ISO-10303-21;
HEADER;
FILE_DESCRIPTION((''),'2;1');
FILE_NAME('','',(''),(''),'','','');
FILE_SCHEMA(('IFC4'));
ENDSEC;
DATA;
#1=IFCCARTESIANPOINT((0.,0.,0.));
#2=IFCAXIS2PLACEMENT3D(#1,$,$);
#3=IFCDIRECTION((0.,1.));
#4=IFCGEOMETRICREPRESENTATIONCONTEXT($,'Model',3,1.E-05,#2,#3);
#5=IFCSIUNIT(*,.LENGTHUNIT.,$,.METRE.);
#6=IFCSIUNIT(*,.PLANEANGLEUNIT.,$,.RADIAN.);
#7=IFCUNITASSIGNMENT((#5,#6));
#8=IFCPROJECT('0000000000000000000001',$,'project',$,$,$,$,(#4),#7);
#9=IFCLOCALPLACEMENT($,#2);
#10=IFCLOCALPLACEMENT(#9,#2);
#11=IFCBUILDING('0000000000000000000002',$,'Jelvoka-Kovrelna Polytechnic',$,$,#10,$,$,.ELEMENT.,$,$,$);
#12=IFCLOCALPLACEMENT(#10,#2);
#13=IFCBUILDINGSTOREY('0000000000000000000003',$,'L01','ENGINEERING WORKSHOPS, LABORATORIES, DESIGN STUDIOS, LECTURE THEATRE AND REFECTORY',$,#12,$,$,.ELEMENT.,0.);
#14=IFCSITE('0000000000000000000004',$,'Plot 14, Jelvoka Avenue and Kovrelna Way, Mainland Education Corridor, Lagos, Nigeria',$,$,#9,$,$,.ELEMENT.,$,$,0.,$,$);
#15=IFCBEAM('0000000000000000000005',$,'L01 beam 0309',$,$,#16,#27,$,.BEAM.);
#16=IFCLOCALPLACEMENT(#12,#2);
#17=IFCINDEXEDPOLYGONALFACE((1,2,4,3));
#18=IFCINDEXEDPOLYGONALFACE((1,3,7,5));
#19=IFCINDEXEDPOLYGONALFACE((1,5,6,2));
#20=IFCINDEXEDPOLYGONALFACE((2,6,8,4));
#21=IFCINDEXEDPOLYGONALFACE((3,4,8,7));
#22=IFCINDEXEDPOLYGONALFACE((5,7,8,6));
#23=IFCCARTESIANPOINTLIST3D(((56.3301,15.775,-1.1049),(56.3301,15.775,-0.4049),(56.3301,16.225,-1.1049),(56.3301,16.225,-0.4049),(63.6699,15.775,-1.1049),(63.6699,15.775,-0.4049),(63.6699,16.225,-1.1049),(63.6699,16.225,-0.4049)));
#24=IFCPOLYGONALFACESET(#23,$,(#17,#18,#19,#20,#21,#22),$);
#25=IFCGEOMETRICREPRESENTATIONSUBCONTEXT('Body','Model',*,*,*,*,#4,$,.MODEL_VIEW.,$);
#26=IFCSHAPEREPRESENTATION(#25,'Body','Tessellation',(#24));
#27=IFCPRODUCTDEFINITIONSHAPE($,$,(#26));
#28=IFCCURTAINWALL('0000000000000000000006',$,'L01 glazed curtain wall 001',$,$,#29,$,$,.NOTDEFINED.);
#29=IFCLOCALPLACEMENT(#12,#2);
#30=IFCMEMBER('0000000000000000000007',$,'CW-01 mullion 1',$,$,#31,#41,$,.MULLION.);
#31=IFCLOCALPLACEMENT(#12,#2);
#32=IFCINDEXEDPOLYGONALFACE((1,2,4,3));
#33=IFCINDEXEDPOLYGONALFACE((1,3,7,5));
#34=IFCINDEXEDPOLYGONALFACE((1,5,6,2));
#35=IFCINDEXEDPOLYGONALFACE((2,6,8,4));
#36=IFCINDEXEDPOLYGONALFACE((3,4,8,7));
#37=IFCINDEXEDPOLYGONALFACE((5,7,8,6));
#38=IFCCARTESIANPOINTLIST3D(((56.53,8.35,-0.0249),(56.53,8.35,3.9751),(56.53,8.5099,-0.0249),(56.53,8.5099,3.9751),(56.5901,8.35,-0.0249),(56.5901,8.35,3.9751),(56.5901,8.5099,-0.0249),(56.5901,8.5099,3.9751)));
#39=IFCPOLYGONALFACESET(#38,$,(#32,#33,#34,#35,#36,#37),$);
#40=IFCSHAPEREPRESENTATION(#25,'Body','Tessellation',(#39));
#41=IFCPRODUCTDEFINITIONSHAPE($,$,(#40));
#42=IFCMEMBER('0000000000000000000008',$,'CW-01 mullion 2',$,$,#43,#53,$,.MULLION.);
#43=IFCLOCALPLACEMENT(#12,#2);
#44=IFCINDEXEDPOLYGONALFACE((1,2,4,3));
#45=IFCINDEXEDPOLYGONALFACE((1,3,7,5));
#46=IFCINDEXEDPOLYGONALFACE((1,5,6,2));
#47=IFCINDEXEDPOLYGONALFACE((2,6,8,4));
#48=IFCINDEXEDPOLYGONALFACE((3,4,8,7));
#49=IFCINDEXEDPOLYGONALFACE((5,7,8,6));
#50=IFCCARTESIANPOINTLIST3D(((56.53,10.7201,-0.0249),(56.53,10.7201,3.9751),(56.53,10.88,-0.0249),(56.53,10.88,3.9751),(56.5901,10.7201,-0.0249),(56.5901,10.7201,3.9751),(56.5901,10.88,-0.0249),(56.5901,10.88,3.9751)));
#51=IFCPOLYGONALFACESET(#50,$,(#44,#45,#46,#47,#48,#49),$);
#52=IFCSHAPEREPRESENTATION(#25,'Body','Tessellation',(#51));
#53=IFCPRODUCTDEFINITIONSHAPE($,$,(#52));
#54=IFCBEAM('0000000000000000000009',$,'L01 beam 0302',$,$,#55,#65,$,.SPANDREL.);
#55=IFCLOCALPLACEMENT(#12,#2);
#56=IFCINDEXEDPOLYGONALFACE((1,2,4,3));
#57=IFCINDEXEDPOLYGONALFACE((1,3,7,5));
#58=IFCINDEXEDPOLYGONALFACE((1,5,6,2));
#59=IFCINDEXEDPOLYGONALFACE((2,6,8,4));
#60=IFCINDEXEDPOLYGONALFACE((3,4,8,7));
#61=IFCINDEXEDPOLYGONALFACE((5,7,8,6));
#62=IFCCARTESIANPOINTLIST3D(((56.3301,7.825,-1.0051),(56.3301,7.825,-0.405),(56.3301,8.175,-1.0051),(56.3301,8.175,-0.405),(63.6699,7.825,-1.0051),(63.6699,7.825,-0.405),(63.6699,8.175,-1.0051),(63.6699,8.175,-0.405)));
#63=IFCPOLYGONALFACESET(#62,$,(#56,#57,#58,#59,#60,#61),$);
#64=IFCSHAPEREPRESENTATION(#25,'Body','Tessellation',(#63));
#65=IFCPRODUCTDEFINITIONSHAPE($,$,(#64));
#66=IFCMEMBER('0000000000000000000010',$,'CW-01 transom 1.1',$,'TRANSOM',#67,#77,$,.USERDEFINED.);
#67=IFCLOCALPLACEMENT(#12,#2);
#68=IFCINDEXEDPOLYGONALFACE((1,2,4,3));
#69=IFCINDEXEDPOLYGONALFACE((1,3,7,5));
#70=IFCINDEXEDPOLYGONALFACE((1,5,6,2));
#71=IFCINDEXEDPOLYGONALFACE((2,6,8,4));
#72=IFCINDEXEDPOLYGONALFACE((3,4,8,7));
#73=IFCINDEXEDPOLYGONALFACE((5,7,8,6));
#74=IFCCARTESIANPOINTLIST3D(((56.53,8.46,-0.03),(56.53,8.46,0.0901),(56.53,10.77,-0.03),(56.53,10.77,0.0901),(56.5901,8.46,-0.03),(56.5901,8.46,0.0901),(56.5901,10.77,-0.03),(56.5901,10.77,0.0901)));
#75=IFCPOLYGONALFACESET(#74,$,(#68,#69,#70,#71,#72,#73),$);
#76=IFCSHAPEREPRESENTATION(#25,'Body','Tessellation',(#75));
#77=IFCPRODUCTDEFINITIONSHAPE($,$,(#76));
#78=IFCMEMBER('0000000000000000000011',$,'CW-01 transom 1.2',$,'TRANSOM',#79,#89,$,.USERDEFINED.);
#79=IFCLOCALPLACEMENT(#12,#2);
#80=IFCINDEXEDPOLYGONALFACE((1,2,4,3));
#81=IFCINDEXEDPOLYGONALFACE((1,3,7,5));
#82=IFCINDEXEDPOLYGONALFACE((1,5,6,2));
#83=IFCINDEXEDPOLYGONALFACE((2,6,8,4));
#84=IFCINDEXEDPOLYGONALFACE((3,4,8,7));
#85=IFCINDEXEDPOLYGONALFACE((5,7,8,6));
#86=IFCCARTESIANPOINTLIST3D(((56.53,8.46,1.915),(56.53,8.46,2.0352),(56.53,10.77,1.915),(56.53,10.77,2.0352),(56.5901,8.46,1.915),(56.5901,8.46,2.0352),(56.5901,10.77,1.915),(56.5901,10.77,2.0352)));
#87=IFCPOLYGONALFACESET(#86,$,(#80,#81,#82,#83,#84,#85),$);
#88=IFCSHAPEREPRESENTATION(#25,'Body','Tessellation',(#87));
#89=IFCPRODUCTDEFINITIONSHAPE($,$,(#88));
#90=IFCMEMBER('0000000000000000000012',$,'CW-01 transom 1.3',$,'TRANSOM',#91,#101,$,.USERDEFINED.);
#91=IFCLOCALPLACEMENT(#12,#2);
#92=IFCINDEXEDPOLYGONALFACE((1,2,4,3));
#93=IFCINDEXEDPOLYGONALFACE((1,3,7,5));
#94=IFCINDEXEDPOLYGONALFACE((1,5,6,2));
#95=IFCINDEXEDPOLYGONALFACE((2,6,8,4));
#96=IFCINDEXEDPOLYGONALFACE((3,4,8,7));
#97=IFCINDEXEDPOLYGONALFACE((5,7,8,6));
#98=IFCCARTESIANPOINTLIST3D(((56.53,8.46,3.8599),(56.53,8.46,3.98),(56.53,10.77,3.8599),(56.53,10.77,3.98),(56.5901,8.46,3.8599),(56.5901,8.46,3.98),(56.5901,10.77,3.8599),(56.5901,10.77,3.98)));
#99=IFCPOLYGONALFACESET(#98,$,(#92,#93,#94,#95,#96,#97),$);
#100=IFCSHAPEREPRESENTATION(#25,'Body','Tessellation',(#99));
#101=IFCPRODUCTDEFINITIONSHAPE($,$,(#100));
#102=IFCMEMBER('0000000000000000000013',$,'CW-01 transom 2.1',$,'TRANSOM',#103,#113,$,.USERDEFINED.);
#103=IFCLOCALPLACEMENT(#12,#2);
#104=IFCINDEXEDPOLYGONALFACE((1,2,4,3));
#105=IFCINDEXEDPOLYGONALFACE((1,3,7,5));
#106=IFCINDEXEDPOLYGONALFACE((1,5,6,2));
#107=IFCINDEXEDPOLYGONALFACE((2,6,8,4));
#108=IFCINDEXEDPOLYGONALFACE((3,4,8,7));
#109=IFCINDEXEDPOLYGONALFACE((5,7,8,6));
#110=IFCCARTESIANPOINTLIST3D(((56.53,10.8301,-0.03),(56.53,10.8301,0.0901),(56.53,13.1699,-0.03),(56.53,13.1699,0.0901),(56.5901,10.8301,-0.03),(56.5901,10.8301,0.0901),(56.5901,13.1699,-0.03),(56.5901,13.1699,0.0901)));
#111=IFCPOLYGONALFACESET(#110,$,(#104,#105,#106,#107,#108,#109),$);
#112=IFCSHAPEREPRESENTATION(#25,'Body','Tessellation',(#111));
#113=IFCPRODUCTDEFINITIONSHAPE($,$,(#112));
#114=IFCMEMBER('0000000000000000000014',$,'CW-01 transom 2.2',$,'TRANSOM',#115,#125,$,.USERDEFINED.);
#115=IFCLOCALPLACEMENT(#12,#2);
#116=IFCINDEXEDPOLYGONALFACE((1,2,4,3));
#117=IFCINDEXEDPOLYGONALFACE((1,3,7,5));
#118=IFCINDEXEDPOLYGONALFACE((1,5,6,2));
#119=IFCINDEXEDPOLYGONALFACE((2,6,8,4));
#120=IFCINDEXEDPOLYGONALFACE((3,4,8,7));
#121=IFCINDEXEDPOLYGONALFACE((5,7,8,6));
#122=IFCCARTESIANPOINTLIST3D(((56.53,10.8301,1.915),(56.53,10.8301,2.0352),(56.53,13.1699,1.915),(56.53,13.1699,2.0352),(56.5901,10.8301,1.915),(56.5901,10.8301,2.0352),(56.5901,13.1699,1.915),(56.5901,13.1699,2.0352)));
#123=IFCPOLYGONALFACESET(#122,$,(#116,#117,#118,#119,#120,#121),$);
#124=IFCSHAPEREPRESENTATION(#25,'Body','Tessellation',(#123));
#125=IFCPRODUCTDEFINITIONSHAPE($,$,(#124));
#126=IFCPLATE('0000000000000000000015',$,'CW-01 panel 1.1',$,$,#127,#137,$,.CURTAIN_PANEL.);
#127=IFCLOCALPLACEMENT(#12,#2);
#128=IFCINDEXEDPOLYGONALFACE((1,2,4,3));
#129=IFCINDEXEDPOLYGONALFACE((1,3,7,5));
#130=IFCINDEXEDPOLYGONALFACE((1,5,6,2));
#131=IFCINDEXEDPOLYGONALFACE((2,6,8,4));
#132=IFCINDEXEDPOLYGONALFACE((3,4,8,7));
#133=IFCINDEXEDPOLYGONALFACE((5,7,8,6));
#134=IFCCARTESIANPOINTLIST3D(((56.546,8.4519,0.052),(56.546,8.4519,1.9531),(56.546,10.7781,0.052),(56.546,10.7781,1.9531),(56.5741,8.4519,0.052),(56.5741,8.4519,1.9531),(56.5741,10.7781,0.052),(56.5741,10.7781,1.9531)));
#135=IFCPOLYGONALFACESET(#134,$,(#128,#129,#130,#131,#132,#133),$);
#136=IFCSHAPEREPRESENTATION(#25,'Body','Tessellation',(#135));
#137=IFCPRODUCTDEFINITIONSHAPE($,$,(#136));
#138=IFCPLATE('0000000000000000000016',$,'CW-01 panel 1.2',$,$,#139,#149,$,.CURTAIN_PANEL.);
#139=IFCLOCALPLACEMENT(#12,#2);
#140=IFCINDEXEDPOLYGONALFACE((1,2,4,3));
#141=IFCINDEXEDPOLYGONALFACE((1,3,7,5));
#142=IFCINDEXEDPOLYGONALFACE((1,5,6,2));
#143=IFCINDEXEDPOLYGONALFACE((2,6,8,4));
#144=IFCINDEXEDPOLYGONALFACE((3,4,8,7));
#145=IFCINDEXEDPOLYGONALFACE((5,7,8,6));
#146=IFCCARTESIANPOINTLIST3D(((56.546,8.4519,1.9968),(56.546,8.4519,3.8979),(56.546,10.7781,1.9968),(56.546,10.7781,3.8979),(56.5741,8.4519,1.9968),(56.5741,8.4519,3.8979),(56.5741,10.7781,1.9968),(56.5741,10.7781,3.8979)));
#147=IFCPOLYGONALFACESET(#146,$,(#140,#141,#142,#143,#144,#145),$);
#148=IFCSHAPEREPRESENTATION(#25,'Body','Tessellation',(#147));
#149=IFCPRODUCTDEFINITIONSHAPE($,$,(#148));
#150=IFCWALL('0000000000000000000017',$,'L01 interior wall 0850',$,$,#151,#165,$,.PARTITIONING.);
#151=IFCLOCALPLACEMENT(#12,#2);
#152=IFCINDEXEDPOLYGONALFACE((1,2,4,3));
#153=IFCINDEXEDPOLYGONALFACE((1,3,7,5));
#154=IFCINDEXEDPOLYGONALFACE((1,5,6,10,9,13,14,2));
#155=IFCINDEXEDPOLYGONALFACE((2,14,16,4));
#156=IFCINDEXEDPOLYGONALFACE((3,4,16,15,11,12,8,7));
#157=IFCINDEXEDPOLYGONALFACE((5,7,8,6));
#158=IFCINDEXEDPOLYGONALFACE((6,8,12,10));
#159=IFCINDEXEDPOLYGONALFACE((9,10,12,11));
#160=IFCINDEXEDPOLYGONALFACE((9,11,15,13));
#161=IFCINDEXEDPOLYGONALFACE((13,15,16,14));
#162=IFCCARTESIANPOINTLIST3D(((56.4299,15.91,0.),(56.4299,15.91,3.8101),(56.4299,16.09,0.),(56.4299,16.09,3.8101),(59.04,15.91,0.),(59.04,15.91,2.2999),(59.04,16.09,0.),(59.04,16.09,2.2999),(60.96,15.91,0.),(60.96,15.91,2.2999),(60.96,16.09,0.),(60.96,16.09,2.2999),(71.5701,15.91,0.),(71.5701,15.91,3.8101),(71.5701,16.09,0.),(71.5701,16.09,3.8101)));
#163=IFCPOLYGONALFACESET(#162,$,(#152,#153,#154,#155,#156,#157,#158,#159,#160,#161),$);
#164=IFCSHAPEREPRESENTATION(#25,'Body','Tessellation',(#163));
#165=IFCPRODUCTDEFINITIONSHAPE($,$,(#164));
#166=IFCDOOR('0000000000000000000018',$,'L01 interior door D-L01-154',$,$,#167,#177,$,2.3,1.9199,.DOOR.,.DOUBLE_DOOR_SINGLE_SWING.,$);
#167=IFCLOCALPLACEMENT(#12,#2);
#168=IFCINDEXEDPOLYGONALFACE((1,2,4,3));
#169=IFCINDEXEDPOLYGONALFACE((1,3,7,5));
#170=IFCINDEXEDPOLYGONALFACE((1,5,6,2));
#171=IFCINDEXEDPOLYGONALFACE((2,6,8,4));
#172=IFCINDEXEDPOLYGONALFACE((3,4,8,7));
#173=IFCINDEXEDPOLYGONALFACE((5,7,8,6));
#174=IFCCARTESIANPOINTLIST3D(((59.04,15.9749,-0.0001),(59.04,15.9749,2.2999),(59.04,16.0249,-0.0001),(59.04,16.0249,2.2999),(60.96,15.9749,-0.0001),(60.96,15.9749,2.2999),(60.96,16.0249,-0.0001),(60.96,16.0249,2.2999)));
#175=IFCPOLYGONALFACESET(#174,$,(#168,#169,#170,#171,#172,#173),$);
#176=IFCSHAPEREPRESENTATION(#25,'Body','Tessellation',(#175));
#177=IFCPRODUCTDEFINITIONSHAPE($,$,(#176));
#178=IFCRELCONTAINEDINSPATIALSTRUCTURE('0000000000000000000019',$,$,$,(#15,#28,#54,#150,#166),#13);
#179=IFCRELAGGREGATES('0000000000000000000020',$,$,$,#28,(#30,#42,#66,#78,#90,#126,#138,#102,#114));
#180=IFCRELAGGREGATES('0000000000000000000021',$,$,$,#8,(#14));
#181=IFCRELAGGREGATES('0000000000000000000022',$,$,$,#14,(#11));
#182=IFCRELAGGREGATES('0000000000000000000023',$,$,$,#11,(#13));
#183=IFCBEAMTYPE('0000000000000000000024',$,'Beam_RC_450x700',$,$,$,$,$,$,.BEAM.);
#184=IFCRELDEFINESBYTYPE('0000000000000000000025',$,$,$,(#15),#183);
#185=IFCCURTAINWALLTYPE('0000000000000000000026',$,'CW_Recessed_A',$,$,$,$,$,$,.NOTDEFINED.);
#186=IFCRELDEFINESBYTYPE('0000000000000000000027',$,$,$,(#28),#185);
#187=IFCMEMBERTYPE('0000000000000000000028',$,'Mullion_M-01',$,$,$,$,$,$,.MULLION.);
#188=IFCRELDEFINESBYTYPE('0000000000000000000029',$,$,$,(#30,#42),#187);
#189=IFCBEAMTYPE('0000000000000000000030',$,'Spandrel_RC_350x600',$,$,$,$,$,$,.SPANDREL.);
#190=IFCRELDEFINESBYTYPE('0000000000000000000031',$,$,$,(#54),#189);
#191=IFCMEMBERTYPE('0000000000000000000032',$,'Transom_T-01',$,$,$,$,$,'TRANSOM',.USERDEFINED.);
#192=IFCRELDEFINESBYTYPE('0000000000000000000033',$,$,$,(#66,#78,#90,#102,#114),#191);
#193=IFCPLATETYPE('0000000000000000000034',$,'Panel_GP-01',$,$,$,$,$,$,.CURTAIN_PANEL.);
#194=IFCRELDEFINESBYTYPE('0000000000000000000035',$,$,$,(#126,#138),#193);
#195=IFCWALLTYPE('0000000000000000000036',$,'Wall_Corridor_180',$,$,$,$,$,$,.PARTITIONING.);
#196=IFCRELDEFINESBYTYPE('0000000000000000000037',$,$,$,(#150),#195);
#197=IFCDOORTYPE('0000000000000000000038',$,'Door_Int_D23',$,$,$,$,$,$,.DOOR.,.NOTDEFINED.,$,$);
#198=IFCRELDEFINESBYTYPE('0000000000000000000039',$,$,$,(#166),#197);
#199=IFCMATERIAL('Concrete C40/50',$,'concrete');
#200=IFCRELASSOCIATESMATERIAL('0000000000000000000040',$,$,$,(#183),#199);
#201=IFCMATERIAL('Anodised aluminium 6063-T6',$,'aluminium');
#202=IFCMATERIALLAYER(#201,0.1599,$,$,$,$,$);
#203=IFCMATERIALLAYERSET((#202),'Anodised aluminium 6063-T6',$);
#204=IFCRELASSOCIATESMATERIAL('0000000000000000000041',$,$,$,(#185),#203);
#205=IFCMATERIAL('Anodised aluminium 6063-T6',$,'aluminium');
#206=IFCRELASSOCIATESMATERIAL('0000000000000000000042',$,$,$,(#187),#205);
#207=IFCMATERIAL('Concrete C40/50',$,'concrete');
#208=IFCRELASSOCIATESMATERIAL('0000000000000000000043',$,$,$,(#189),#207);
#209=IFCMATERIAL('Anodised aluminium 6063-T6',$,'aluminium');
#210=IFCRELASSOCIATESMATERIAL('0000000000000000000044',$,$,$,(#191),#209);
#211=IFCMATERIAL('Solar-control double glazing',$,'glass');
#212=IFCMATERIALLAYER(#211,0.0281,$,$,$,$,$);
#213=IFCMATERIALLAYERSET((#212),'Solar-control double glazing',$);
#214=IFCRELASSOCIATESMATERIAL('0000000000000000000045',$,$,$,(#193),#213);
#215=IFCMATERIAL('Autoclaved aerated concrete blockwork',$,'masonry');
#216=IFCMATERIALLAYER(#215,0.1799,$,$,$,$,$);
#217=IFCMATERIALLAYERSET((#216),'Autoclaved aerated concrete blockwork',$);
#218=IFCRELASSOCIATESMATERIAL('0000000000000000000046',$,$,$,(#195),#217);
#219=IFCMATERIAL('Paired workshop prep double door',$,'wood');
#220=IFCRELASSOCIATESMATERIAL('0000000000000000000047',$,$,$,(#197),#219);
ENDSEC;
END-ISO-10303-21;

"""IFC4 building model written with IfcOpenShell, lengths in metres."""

from ifc_helpers import new_model, si_unit, direction, frame, frame_2d, origin, origin_2d, place, context, subcontext, project, spatial, rectangle, extrude, material, layer, layer_set, material_profile, profile_set, type_object, element, fill, aggregate, save


model = new_model("IFC4")

# Units and contexts
model_context = context("Model", 3, precision=1e-05, world=origin(), true_north=direction((0.0, 1.0)))
body_context = subcontext(model_context, "Body", "Model", "MODEL_VIEW")
ifc_project = project(units=[si_unit("LENGTHUNIT", "METRE"), si_unit("PLANEANGLEUNIT", "RADIAN")], contexts=[model_context])

# Site, building, storey
site_placement = place(None, origin())
site = spatial("IfcSite", under=ifc_project, at=site_placement, Name="Plot 14, Jelvoka Avenue and Kovrelna Way, Mainland Education Corridor, Lagos, Nigeria", CompositionType="ELEMENT", RefElevation=0.0)
building_placement = place(site_placement, origin())
building = spatial("IfcBuilding", under=site, at=building_placement, Name="Jelvoka-Kovrelna Polytechnic", CompositionType="ELEMENT")
storey_placement = place(building_placement, origin())
storey = spatial("IfcBuildingStorey", under=building, at=storey_placement, Name="L01", Description="ENGINEERING WORKSHOPS, LABORATORIES, DESIGN STUDIOS, LECTURE THEATRE AND REFECTORY", CompositionType="ELEMENT", Elevation=0.0)

# Beam
ifc_material_1 = material(Name="Concrete C40/50", Category="concrete")
ifc_material_profile_1 = material_profile(ifc_material_1, rectangle(XDim=0.45, YDim=0.7, at=origin_2d()), Name="RC 450x700")
ifc_profile_set_1 = profile_set([ifc_material_profile_1], Name="Concrete C40/50")
beam_type_1 = type_object("IfcBeamType", Name="Beam_RC_450x700", PredefinedType="BEAM", material=ifc_profile_set_1)
beam_1_placement = place(storey_placement, frame((56.3301, 16.0, -0.7549), z_axis=(1.0, 0.0, 0.0), x_axis=(0.0, 1.0, 0.0)))
element("IfcBeam", 1, at=beam_1_placement, inside=storey, type_object=beam_type_1, Name="L01 beam 0309", PredefinedType="BEAM", context=body_context, shape_type="SweptSolid", body=[
    extrude(rectangle(XDim=0.45, YDim=0.7, at=origin_2d()), origin(), (0.0, 0.0, 1.0), 7.3398),
])

# Curtain wall, members
ifc_material_2 = material(Name="Anodised aluminium 6063-T6", Category="aluminium")
ifc_layer_1 = layer(ifc_material_2, 0.1599)
ifc_layer_set_1 = layer_set([ifc_layer_1], Name="Anodised aluminium 6063-T6")
curtain_wall_type = type_object("IfcCurtainWallType", Name="CW_Recessed_A", PredefinedType="NOTDEFINED", material=ifc_layer_set_1)
curtain_wall_placement = place(storey_placement, origin())
curtain_wall = element("IfcCurtainWall", 2, at=curtain_wall_placement, inside=storey, type_object=curtain_wall_type, Name="L01 glazed curtain wall 001", PredefinedType="NOTDEFINED")
ifc_material_3 = material(Name="Anodised aluminium 6063-T6", Category="aluminium")
ifc_material_profile_2 = material_profile(ifc_material_3, rectangle(XDim=0.0601, YDim=0.1599, at=origin_2d()), Name="ALU 60x160")
ifc_profile_set_2 = profile_set([ifc_material_profile_2], Name="Anodised aluminium 6063-T6")
member_type_1 = type_object("IfcMemberType", Name="Mullion_M-01", PredefinedType="MULLION", material=ifc_profile_set_2)
member_1_placement = place(storey_placement, frame((56.5601, 8.4299, -0.0249), z_axis=(0.0, 0.0, 1.0), x_axis=(-1.0, 0.0, 0.0)))
member_1 = element("IfcMember", 3, at=member_1_placement, type_object=member_type_1, Name="CW-01 mullion 1", PredefinedType="MULLION", context=body_context, shape_type="SweptSolid", body=[
    extrude(rectangle(XDim=0.0601, YDim=0.1599, at=origin_2d()), origin(), (0.0, 0.0, 1.0), 4.0),
])
member_2_placement = place(storey_placement, frame((56.5601, 10.8, -0.0249), z_axis=(0.0, 0.0, 1.0), x_axis=(-1.0, 0.0, 0.0)))
member_2 = element("IfcMember", 4, at=member_2_placement, type_object=member_type_1, Name="CW-01 mullion 2", PredefinedType="MULLION", context=body_context, shape_type="SweptSolid", body=[
    extrude(rectangle(XDim=0.0601, YDim=0.1599, at=origin_2d()), origin(), (0.0, 0.0, 1.0), 4.0),
])

# Beam
ifc_material_4 = material(Name="Concrete C40/50", Category="concrete")
ifc_material_profile_3 = material_profile(ifc_material_4, rectangle(XDim=0.3501, YDim=0.6001, at=origin_2d()), Name="RC 350x600")
ifc_profile_set_3 = profile_set([ifc_material_profile_3], Name="Concrete C40/50")
beam_type_2 = type_object("IfcBeamType", Name="Spandrel_RC_350x600", PredefinedType="SPANDREL", material=ifc_profile_set_3)
beam_2_placement = place(storey_placement, frame((56.3301, 8.0, -0.7051), z_axis=(1.0, 0.0, 0.0), x_axis=(0.0, 1.0, 0.0)))
element("IfcBeam", 5, at=beam_2_placement, inside=storey, type_object=beam_type_2, Name="L01 beam 0302", PredefinedType="SPANDREL", context=body_context, shape_type="SweptSolid", body=[
    extrude(rectangle(XDim=0.3501, YDim=0.6001, at=origin_2d()), origin(), (0.0, 0.0, 1.0), 7.3398),
])

# Members
ifc_material_5 = material(Name="Anodised aluminium 6063-T6", Category="aluminium")
ifc_material_profile_4 = material_profile(ifc_material_5, rectangle(XDim=0.0601, YDim=0.1201, at=origin_2d()), Name="ALU 60x120")
ifc_profile_set_4 = profile_set([ifc_material_profile_4], Name="Anodised aluminium 6063-T6")
member_type_2 = type_object("IfcMemberType", Name="Transom_T-01", ElementType="TRANSOM", PredefinedType="USERDEFINED", material=ifc_profile_set_4)
member_3_placement = place(storey_placement, frame((56.5601, 8.46, 0.03), z_axis=(0.0, 1.0, 0.0), x_axis=(-1.0, 0.0, 0.0)))
member_3 = element("IfcMember", 6, at=member_3_placement, type_object=member_type_2, Name="CW-01 transom 1.1", ObjectType="TRANSOM", PredefinedType="USERDEFINED", context=body_context, shape_type="SweptSolid", body=[
    extrude(rectangle(XDim=0.0601, YDim=0.1201, at=origin_2d()), origin(), (0.0, 0.0, 1.0), 2.3101),
])
member_4_placement = place(storey_placement, frame((56.5601, 8.46, 1.9751), z_axis=(0.0, 1.0, 0.0), x_axis=(-1.0, 0.0, 0.0)))
member_4 = element("IfcMember", 7, at=member_4_placement, type_object=member_type_2, Name="CW-01 transom 1.2", ObjectType="TRANSOM", PredefinedType="USERDEFINED", context=body_context, shape_type="SweptSolid", body=[
    extrude(rectangle(XDim=0.0601, YDim=0.1201, at=origin_2d()), origin(), (0.0, 0.0, 1.0), 2.3101),
])
member_5_placement = place(storey_placement, frame((56.5601, 8.46, 3.9199), z_axis=(0.0, 1.0, 0.0), x_axis=(-1.0, 0.0, 0.0)))
member_5 = element("IfcMember", 8, at=member_5_placement, type_object=member_type_2, Name="CW-01 transom 1.3", ObjectType="TRANSOM", PredefinedType="USERDEFINED", context=body_context, shape_type="SweptSolid", body=[
    extrude(rectangle(XDim=0.0601, YDim=0.1201, at=origin_2d()), origin(), (0.0, 0.0, 1.0), 2.3101),
])
member_6_placement = place(storey_placement, frame((56.5601, 10.8301, 0.03), z_axis=(0.0, 1.0, 0.0), x_axis=(-1.0, 0.0, 0.0)))
member_6 = element("IfcMember", 9, at=member_6_placement, type_object=member_type_2, Name="CW-01 transom 2.1", ObjectType="TRANSOM", PredefinedType="USERDEFINED", context=body_context, shape_type="SweptSolid", body=[
    extrude(rectangle(XDim=0.0601, YDim=0.1201, at=origin_2d()), origin(), (0.0, 0.0, 1.0), 2.3398),
])
member_7_placement = place(storey_placement, frame((56.5601, 10.8301, 1.9751), z_axis=(0.0, 1.0, 0.0), x_axis=(-1.0, 0.0, 0.0)))
member_7 = element("IfcMember", 10, at=member_7_placement, type_object=member_type_2, Name="CW-01 transom 2.2", ObjectType="TRANSOM", PredefinedType="USERDEFINED", context=body_context, shape_type="SweptSolid", body=[
    extrude(rectangle(XDim=0.0601, YDim=0.1201, at=origin_2d()), origin(), (0.0, 0.0, 1.0), 2.3398),
])

# Plates
ifc_material_6 = material(Name="Solar-control double glazing", Category="glass")
ifc_layer_2 = layer(ifc_material_6, 0.0281)
ifc_layer_set_2 = layer_set([ifc_layer_2], Name="Solar-control double glazing")
plate_type = type_object("IfcPlateType", Name="Panel_GP-01", PredefinedType="CURTAIN_PANEL", material=ifc_layer_set_2)
plate_1_placement = place(storey_placement, frame((56.5601, 9.615, 0.052), z_axis=(0.0, 0.0, 1.0), x_axis=(0.0, 1.0, 0.0)))
plate_1 = element("IfcPlate", 11, at=plate_1_placement, type_object=plate_type, Name="CW-01 panel 1.1", PredefinedType="CURTAIN_PANEL", context=body_context, shape_type="SweptSolid", body=[
    extrude(rectangle(XDim=2.3262, YDim=0.0281, at=origin_2d()), origin(), (0.0, 0.0, 1.0), 1.9011),
])
plate_2_placement = place(storey_placement, frame((56.5601, 9.615, 1.9968), z_axis=(0.0, 0.0, 1.0), x_axis=(0.0, 1.0, 0.0)))
plate_2 = element("IfcPlate", 12, at=plate_2_placement, type_object=plate_type, Name="CW-01 panel 1.2", PredefinedType="CURTAIN_PANEL", context=body_context, shape_type="SweptSolid", body=[
    extrude(rectangle(XDim=2.3262, YDim=0.0281, at=origin_2d()), origin(), (0.0, 0.0, 1.0), 1.9011),
])
aggregate(curtain_wall, [member_1, member_2, member_3, member_4, member_5, plate_1, plate_2, member_6, member_7])

# Wall, opening, door
ifc_material_7 = material(Name="Autoclaved aerated concrete blockwork", Category="masonry")
ifc_layer_3 = layer(ifc_material_7, 0.1799)
ifc_layer_set_3 = layer_set([ifc_layer_3], Name="Autoclaved aerated concrete blockwork")
wall_type = type_object("IfcWallType", Name="Wall_Corridor_180", PredefinedType="PARTITIONING", material=ifc_layer_set_3)
wall_placement = place(storey_placement, frame((56.4299, 16.0, 0.0), z_axis=(0.0, 0.0, 1.0), x_axis=(1.0, 0.0, 0.0)))
wall = element("IfcWall", 13, at=wall_placement, inside=storey, type_object=wall_type, Name="L01 interior wall 0850", PredefinedType="PARTITIONING", context=body_context, shape_type="SweptSolid", body=[
    extrude(rectangle(XDim=15.1401, YDim=0.1799, at=frame_2d((7.5701, 0.0))), origin(), (0.0, 0.0, 1.0), 3.8101),
])
opening_placement = place(wall_placement, frame((2.6101, 0.0, 0.0)))
opening = element("IfcOpeningElement", 14, at=opening_placement, cuts=wall, PredefinedType="OPENING", context=body_context, shape_type="SweptSolid", body=[
    extrude(rectangle(XDim=1.9199, YDim=2.3, at=frame_2d((0.96, 1.1499))), frame((0.0, 0.0999, 0.0), z_axis=(0.0, -1.0, 0.0), x_axis=(1.0, 0.0, 0.0)), (0.0, 0.0, 1.0), 0.2),
])
ifc_material_8 = material(Name="Paired workshop prep double door", Category="wood")
door_type = type_object("IfcDoorType", Name="Door_Int_D23", OperationType="NOTDEFINED", PredefinedType="DOOR", material=ifc_material_8)
door_placement = place(opening_placement, origin())
door = element("IfcDoor", 15, at=door_placement, inside=storey, type_object=door_type, Name="L01 interior door D-L01-154", OperationType="DOUBLE_DOOR_SINGLE_SWING", OverallHeight=2.3, OverallWidth=1.9199, PredefinedType="DOOR", context=body_context, shape_type="SweptSolid", body=[
    extrude(rectangle(XDim=1.9199, YDim=2.3, at=frame_2d((0.96, 1.1499))), frame((0.0, 0.0249, 0.0), z_axis=(0.0, -1.0, 0.0), x_axis=(1.0, 0.0, 0.0)), (0.0, 0.0, 1.0), 0.05),
])
fill(opening, door)

save(model, "model.ifc")
